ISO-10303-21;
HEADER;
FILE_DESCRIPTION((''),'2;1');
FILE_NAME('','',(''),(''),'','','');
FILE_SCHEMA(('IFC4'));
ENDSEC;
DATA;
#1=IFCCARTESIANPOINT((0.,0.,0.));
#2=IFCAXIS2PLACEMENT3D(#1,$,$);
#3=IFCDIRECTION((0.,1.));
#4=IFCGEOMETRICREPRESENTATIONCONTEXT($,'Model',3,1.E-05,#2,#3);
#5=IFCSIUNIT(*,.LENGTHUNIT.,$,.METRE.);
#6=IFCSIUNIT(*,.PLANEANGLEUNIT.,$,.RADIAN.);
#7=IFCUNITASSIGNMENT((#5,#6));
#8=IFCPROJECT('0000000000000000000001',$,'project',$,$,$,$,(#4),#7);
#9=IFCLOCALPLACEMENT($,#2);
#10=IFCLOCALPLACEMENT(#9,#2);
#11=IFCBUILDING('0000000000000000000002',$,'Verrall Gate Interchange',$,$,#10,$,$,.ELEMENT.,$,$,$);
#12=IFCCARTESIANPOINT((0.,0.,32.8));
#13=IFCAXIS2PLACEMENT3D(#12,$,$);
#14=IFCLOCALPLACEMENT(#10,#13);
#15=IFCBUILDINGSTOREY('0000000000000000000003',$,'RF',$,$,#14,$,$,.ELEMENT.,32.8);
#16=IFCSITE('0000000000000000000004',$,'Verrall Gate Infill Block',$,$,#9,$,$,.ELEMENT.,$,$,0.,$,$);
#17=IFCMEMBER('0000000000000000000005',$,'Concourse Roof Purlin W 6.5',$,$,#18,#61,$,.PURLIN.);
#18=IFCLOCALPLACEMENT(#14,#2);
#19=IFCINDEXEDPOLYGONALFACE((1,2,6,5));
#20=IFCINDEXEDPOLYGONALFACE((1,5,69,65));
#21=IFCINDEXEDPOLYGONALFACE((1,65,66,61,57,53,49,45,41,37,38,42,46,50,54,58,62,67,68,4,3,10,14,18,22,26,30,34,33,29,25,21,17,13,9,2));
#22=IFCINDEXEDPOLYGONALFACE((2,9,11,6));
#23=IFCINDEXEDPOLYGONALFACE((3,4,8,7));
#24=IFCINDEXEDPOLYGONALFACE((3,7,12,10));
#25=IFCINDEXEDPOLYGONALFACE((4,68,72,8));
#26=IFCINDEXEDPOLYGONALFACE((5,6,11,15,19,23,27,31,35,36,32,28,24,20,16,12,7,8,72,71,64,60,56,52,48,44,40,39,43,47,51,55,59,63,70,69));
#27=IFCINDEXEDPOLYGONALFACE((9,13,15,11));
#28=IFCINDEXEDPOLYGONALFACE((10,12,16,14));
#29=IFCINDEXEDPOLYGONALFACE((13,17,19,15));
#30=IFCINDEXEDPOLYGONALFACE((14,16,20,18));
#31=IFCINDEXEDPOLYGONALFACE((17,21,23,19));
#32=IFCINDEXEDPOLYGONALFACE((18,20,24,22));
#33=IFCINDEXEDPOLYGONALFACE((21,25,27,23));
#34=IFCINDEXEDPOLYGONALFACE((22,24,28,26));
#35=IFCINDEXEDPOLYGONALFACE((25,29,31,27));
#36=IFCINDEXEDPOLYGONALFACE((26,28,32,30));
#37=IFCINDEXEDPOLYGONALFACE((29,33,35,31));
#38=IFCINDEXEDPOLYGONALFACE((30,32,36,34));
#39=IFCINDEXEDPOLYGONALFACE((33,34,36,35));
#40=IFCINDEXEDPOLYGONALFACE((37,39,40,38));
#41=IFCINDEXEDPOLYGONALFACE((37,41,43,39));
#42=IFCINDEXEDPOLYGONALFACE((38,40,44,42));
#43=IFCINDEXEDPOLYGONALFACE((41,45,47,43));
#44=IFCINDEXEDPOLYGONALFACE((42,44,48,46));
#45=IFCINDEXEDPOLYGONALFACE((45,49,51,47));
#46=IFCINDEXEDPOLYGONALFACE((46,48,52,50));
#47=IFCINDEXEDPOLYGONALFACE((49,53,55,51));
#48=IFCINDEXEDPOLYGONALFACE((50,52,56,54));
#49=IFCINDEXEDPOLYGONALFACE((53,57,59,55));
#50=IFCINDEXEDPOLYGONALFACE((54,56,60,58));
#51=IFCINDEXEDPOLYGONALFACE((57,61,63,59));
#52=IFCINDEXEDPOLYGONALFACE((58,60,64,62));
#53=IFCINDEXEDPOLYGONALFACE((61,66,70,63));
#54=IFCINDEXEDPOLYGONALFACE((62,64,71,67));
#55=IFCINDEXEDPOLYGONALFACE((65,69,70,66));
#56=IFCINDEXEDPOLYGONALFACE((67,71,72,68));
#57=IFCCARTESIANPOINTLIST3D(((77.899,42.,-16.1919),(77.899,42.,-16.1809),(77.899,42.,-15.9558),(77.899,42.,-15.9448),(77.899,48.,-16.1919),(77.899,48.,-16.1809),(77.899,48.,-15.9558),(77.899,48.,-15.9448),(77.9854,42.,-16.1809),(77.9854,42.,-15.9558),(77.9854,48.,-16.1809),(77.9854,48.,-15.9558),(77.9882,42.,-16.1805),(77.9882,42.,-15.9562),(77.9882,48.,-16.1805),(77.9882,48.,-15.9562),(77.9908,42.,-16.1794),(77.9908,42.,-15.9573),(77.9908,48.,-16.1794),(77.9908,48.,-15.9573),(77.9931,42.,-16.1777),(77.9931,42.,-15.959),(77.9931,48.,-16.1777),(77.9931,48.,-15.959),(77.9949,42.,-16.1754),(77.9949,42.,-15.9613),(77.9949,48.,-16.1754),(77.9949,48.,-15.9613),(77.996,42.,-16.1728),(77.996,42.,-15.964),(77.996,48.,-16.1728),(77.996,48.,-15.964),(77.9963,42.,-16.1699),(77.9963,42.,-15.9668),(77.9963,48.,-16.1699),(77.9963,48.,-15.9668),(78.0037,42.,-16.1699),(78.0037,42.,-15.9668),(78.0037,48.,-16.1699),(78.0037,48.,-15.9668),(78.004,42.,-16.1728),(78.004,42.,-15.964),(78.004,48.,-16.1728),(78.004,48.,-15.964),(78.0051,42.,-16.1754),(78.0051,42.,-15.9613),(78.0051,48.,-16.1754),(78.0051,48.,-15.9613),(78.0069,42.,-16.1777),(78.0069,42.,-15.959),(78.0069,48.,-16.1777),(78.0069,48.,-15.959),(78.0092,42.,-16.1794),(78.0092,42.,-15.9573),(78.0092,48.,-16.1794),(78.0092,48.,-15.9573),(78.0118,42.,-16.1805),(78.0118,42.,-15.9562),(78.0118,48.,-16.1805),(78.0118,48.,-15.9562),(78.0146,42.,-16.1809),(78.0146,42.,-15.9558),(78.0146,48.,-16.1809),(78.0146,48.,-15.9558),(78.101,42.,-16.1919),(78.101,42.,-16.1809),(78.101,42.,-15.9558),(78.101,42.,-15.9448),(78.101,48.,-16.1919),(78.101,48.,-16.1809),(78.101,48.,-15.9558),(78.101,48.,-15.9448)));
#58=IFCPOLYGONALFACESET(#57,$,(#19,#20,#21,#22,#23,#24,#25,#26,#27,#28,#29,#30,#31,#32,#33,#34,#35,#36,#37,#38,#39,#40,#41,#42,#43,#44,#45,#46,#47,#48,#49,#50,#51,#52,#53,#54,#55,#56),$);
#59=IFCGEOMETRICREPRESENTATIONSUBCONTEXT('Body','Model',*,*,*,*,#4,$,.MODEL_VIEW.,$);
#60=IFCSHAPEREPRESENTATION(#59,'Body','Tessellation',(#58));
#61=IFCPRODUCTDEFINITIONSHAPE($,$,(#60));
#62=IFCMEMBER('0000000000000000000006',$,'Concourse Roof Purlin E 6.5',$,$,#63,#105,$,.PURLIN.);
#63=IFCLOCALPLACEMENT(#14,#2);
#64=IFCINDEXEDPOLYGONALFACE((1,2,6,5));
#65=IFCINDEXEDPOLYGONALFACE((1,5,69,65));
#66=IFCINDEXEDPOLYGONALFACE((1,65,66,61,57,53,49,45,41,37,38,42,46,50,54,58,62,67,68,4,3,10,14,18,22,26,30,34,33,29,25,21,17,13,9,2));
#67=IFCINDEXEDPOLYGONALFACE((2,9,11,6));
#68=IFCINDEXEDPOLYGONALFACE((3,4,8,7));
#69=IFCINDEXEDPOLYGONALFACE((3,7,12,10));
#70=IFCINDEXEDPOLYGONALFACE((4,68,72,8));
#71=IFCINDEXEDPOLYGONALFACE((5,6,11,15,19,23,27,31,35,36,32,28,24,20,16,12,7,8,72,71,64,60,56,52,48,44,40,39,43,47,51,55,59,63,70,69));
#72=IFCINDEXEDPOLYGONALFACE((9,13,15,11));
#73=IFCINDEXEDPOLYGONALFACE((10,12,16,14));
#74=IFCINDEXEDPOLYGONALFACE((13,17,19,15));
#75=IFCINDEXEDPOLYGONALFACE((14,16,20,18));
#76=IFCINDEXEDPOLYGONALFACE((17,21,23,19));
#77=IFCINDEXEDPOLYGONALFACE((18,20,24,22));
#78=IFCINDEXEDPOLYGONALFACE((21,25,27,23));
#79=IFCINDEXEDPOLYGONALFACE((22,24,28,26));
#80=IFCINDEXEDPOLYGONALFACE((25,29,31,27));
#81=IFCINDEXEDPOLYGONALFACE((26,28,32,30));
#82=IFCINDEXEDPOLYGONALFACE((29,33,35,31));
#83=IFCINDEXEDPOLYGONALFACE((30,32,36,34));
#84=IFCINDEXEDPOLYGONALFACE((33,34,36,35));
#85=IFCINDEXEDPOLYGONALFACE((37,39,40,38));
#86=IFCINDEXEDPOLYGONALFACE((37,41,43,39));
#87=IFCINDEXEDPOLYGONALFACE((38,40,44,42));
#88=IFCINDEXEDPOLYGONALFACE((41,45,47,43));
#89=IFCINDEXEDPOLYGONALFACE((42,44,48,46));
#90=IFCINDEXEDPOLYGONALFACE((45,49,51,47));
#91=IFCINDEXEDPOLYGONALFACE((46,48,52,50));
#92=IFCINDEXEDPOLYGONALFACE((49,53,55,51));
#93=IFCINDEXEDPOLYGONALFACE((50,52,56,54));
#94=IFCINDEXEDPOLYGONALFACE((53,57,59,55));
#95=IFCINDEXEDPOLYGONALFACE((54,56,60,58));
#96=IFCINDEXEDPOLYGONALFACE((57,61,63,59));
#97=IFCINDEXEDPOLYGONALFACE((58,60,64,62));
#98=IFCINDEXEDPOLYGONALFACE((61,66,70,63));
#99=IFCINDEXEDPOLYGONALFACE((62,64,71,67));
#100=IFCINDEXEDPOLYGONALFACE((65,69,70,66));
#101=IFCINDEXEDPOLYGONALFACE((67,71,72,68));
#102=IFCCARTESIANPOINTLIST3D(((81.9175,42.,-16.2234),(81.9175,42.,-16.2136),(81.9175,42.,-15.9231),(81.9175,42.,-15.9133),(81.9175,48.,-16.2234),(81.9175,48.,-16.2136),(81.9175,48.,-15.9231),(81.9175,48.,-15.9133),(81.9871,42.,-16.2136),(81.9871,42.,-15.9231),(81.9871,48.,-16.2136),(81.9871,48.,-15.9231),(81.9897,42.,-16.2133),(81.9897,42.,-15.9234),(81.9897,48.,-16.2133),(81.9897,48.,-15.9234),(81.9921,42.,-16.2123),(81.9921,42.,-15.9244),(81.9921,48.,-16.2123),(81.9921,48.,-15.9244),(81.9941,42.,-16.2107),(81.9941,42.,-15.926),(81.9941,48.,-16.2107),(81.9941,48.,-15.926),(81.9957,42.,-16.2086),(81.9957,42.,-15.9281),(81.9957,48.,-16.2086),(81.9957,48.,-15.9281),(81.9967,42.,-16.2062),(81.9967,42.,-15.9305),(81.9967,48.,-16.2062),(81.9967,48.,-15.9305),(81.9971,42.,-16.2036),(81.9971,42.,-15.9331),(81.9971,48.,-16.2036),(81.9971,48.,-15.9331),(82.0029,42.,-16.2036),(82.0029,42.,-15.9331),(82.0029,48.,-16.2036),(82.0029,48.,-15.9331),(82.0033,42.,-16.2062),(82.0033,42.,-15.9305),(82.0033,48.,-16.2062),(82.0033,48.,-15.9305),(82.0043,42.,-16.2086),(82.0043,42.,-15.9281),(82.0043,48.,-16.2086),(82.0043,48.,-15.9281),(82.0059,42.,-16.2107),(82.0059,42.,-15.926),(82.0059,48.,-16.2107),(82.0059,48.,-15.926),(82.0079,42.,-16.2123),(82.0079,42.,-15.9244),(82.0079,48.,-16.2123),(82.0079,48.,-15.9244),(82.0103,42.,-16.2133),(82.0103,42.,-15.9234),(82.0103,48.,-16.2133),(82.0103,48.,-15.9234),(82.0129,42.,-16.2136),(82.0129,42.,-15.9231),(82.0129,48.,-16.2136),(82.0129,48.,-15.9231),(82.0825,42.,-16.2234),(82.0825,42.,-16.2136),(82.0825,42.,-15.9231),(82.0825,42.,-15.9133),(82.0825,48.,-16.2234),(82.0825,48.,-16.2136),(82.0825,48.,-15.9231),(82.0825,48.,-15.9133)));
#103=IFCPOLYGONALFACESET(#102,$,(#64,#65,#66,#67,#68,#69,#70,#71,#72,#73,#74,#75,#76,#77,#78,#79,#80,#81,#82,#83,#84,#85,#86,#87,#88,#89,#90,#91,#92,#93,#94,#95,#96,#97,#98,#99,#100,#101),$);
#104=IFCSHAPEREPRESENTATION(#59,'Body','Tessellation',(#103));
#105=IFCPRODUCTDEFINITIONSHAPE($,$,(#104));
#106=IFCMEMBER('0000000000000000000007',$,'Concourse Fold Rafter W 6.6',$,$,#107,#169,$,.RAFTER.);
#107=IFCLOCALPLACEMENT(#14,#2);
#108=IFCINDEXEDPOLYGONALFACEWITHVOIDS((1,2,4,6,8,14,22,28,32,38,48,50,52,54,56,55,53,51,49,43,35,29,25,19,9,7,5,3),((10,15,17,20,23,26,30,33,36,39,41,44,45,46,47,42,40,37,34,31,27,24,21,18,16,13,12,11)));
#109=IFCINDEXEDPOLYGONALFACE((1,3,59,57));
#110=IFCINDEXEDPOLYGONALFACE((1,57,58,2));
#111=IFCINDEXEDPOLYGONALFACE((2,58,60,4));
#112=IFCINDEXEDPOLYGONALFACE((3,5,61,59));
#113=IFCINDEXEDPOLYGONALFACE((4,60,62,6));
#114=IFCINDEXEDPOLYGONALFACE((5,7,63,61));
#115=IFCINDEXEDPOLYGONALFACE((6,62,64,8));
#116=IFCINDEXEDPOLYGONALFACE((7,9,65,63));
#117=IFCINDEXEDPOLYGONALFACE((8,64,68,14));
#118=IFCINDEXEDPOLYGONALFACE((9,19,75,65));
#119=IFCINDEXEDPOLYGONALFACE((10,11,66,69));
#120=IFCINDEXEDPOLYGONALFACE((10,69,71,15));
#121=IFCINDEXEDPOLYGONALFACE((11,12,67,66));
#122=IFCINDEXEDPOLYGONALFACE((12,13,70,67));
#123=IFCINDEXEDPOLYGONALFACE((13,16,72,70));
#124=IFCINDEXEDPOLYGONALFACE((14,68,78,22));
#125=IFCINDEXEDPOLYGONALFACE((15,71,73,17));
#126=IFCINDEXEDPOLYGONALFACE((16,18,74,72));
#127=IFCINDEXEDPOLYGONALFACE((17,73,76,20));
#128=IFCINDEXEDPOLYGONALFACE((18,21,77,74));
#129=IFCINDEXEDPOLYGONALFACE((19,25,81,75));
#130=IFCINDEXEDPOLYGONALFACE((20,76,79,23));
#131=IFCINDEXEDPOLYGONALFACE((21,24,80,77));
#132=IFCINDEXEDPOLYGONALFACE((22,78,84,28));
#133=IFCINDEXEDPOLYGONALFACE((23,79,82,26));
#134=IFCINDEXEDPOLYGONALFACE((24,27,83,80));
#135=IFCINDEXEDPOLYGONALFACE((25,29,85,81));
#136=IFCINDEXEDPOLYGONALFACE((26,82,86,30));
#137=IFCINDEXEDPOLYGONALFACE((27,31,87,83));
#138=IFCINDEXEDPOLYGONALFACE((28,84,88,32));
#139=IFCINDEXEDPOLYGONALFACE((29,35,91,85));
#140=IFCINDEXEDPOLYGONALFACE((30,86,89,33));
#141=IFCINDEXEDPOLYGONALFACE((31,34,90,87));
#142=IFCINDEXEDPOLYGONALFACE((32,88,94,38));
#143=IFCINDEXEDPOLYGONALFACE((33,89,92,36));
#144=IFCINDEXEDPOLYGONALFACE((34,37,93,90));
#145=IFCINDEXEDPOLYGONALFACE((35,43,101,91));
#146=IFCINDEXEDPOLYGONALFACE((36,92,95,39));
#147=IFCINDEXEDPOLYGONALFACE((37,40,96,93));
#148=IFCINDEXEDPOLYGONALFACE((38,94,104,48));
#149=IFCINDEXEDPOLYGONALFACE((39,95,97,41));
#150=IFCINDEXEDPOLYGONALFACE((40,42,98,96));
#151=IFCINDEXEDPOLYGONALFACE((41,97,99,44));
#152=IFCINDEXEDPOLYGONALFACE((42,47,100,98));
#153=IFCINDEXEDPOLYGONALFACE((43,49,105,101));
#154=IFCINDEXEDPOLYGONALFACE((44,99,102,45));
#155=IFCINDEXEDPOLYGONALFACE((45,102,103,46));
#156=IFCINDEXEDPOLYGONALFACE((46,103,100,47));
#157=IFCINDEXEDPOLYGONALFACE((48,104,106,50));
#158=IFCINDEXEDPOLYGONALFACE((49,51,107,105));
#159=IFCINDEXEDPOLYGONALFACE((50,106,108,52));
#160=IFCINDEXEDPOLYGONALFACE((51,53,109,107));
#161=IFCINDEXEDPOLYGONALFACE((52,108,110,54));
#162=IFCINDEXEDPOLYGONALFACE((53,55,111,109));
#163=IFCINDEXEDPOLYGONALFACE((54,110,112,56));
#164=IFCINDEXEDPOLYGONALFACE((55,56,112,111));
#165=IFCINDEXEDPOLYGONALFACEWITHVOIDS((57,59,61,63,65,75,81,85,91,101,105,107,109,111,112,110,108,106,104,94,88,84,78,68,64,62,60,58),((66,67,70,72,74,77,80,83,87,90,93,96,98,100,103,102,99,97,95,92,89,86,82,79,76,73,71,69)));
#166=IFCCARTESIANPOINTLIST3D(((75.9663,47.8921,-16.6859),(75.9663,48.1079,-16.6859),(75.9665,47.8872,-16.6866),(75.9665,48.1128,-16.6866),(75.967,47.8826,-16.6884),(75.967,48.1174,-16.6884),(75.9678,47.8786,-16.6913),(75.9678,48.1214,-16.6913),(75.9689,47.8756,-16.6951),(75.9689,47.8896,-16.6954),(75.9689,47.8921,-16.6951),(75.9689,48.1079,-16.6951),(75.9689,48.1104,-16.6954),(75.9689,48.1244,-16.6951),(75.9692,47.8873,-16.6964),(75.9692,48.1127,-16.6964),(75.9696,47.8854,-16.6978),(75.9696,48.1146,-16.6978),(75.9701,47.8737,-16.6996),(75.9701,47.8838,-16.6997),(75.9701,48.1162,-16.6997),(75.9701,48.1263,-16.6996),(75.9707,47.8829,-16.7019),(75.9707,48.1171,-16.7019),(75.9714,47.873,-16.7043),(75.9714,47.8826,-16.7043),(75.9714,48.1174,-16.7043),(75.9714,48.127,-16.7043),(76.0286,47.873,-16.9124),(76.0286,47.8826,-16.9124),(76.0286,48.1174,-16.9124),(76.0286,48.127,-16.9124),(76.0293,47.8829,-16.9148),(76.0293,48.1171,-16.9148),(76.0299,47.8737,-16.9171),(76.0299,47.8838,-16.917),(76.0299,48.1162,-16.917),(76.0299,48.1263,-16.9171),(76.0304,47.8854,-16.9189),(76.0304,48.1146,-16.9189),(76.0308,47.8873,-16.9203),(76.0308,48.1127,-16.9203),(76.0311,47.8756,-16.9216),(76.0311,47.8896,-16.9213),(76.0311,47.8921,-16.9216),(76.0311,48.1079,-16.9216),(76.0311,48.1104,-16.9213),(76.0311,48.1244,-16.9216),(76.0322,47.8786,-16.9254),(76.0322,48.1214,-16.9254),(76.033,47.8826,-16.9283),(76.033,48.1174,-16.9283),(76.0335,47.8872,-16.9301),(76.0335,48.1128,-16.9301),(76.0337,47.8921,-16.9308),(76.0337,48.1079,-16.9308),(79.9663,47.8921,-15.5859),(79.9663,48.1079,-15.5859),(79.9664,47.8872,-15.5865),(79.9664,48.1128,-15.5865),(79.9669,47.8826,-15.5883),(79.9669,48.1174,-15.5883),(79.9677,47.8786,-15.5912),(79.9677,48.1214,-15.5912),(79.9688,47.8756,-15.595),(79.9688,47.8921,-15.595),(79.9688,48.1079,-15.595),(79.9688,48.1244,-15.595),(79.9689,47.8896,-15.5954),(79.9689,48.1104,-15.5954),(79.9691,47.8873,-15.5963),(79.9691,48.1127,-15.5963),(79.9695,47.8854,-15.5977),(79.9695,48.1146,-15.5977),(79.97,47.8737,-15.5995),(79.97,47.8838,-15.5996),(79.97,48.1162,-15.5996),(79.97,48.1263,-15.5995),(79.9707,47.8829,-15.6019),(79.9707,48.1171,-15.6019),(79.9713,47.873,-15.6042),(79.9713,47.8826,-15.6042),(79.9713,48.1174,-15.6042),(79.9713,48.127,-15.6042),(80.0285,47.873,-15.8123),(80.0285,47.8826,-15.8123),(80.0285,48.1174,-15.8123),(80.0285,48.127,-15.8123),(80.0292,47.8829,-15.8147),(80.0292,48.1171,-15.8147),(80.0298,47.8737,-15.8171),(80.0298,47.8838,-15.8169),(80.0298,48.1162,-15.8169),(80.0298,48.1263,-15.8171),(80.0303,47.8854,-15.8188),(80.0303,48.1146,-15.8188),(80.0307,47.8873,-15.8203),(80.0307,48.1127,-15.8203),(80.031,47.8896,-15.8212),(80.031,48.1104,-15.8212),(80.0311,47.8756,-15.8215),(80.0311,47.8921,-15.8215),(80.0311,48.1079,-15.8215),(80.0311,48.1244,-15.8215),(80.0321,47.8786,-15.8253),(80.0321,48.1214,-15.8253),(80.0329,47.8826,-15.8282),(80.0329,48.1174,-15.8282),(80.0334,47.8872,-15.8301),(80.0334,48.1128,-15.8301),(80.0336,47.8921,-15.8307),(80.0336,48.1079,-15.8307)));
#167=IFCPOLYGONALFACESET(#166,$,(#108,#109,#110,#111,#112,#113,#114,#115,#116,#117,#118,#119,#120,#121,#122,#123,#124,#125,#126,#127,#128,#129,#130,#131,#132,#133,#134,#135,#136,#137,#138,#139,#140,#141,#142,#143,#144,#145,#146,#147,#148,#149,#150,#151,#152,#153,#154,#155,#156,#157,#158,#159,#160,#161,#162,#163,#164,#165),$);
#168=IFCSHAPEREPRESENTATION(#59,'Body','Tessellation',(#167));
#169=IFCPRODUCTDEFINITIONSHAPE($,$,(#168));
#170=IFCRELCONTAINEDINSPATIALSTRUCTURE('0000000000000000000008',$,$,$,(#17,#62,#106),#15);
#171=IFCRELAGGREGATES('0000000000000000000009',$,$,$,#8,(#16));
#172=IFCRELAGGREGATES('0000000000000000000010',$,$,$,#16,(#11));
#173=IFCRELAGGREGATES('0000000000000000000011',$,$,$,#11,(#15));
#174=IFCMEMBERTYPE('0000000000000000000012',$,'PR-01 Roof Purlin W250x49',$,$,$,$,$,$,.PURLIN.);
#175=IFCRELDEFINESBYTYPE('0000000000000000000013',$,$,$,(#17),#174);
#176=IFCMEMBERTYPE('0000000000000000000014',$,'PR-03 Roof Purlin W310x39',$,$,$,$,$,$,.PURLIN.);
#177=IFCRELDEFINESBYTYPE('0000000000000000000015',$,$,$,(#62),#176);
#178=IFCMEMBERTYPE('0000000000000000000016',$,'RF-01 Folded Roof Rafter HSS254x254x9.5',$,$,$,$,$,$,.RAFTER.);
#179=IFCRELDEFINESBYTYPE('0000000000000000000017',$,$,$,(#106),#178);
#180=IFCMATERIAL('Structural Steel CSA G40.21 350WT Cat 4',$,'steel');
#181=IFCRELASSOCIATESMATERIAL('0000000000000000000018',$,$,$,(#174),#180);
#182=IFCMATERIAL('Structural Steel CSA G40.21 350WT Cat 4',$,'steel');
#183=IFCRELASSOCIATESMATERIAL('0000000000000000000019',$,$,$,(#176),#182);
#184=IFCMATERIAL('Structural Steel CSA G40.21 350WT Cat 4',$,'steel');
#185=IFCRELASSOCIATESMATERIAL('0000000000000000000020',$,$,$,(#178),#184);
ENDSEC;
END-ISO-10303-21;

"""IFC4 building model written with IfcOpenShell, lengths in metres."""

from ifc_helpers import new_model, si_unit, direction, frame, origin, origin_2d, place, context, subcontext, project, spatial, hollow_rectangle, i_section, extrude, material, material_profile, profile_set, type_object, element, save


model = new_model("IFC4")

# Units and contexts
model_context = context("Model", 3, precision=1e-05, world=origin(), true_north=direction((0.0, 1.0)))
body_context = subcontext(model_context, "Body", "Model", "MODEL_VIEW")
ifc_project = project(units=[si_unit("LENGTHUNIT", "METRE"), si_unit("PLANEANGLEUNIT", "RADIAN")], contexts=[model_context])

# Site, building, storey
site_placement = place(None, origin())
site = spatial("IfcSite", under=ifc_project, at=site_placement, Name="Verrall Gate Infill Block", CompositionType="ELEMENT", RefElevation=0.0)
building_placement = place(site_placement, origin())
building = spatial("IfcBuilding", under=site, at=building_placement, Name="Verrall Gate Interchange", CompositionType="ELEMENT")
storey_placement = place(building_placement, frame((0.0, 0.0, 32.8)))
storey = spatial("IfcBuildingStorey", under=building, at=storey_placement, Name="RF", CompositionType="ELEMENT", Elevation=32.8)

# Members
ifc_material_1 = material(Name="Structural Steel CSA G40.21 350WT Cat 4", Category="steel")
ifc_material_profile_1 = material_profile(ifc_material_1, i_section(OverallWidth=0.2019, OverallDepth=0.2471, WebThickness=0.0073, FlangeThickness=0.011, FilletRadius=0.011, at=origin_2d()), Name="W250x49")
ifc_profile_set_1 = profile_set([ifc_material_profile_1], Name="Structural Steel CSA G40.21 350WT Cat 4")
member_type_1 = type_object("IfcMemberType", Name="PR-01 Roof Purlin W250x49", PredefinedType="PURLIN", material=ifc_profile_set_1)
member_1_placement = place(storey_placement, frame((78.0, 42.0, -16.0684), z_axis=(0.0, 1.0, 0.0), x_axis=(-1.0, 0.0, 0.0)))
element("IfcMember", 1, at=member_1_placement, inside=storey, type_object=member_type_1, Name="Concourse Roof Purlin W 6.5", PredefinedType="PURLIN", context=body_context, shape_type="SweptSolid", body=[
    extrude(i_section(OverallWidth=0.2019, OverallDepth=0.2471, WebThickness=0.0073, FlangeThickness=0.011, FilletRadius=0.011, at=origin_2d()), origin(), (0.0, 0.0, 1.0), 6.0),
])
ifc_material_2 = material(Name="Structural Steel CSA G40.21 350WT Cat 4", Category="steel")
ifc_material_profile_2 = material_profile(ifc_material_2, i_section(OverallWidth=0.165, OverallDepth=0.3101, WebThickness=0.0059, FlangeThickness=0.0098, FilletRadius=0.01, at=origin_2d()), Name="W310x39")
ifc_profile_set_2 = profile_set([ifc_material_profile_2], Name="Structural Steel CSA G40.21 350WT Cat 4")
member_type_2 = type_object("IfcMemberType", Name="PR-03 Roof Purlin W310x39", PredefinedType="PURLIN", material=ifc_profile_set_2)
member_2_placement = place(storey_placement, frame((82.0, 42.0, -16.0684), z_axis=(0.0, 1.0, 0.0), x_axis=(-1.0, 0.0, 0.0)))
element("IfcMember", 2, at=member_2_placement, inside=storey, type_object=member_type_2, Name="Concourse Roof Purlin E 6.5", PredefinedType="PURLIN", context=body_context, shape_type="SweptSolid", body=[
    extrude(i_section(OverallWidth=0.165, OverallDepth=0.3101, WebThickness=0.0059, FlangeThickness=0.0098, FilletRadius=0.01, at=origin_2d()), origin(), (0.0, 0.0, 1.0), 6.0),
])
ifc_material_3 = material(Name="Structural Steel CSA G40.21 350WT Cat 4", Category="steel")
ifc_material_profile_3 = material_profile(ifc_material_3, hollow_rectangle(XDim=0.2539, YDim=0.2539, WallThickness=0.0095, InnerFilletRadius=0.0095, OuterFilletRadius=0.019, at=origin_2d()), Name="HSS254x254x9.5")
ifc_profile_set_3 = profile_set([ifc_material_profile_3], Name="Structural Steel CSA G40.21 350WT Cat 4")
member_type_3 = type_object("IfcMemberType", Name="RF-01 Folded Roof Rafter HSS254x254x9.5", PredefinedType="RAFTER", material=ifc_profile_set_3)
for number, where, z_axis, x_axis, name in (
    (3, (76.0, 48.0, -16.8083), (0.964199, 0.0, 0.265178), (0.0, 1.0, 0.0), "Concourse Fold Rafter W 6.6"),
):
    element("IfcMember", number, at=place(storey_placement, frame(where, z_axis=z_axis, x_axis=x_axis)), inside=storey, type_object=member_type_3, Name=name, PredefinedType="RAFTER", context=body_context, shape_type="SweptSolid", body=[
        extrude(hollow_rectangle(XDim=0.2539, YDim=0.2539, WallThickness=0.0095, InnerFilletRadius=0.0095, OuterFilletRadius=0.019, at=origin_2d()), origin(), (0.0, 0.0, 1.0), 4.1484),
    ])

save(model, "model.ifc")
